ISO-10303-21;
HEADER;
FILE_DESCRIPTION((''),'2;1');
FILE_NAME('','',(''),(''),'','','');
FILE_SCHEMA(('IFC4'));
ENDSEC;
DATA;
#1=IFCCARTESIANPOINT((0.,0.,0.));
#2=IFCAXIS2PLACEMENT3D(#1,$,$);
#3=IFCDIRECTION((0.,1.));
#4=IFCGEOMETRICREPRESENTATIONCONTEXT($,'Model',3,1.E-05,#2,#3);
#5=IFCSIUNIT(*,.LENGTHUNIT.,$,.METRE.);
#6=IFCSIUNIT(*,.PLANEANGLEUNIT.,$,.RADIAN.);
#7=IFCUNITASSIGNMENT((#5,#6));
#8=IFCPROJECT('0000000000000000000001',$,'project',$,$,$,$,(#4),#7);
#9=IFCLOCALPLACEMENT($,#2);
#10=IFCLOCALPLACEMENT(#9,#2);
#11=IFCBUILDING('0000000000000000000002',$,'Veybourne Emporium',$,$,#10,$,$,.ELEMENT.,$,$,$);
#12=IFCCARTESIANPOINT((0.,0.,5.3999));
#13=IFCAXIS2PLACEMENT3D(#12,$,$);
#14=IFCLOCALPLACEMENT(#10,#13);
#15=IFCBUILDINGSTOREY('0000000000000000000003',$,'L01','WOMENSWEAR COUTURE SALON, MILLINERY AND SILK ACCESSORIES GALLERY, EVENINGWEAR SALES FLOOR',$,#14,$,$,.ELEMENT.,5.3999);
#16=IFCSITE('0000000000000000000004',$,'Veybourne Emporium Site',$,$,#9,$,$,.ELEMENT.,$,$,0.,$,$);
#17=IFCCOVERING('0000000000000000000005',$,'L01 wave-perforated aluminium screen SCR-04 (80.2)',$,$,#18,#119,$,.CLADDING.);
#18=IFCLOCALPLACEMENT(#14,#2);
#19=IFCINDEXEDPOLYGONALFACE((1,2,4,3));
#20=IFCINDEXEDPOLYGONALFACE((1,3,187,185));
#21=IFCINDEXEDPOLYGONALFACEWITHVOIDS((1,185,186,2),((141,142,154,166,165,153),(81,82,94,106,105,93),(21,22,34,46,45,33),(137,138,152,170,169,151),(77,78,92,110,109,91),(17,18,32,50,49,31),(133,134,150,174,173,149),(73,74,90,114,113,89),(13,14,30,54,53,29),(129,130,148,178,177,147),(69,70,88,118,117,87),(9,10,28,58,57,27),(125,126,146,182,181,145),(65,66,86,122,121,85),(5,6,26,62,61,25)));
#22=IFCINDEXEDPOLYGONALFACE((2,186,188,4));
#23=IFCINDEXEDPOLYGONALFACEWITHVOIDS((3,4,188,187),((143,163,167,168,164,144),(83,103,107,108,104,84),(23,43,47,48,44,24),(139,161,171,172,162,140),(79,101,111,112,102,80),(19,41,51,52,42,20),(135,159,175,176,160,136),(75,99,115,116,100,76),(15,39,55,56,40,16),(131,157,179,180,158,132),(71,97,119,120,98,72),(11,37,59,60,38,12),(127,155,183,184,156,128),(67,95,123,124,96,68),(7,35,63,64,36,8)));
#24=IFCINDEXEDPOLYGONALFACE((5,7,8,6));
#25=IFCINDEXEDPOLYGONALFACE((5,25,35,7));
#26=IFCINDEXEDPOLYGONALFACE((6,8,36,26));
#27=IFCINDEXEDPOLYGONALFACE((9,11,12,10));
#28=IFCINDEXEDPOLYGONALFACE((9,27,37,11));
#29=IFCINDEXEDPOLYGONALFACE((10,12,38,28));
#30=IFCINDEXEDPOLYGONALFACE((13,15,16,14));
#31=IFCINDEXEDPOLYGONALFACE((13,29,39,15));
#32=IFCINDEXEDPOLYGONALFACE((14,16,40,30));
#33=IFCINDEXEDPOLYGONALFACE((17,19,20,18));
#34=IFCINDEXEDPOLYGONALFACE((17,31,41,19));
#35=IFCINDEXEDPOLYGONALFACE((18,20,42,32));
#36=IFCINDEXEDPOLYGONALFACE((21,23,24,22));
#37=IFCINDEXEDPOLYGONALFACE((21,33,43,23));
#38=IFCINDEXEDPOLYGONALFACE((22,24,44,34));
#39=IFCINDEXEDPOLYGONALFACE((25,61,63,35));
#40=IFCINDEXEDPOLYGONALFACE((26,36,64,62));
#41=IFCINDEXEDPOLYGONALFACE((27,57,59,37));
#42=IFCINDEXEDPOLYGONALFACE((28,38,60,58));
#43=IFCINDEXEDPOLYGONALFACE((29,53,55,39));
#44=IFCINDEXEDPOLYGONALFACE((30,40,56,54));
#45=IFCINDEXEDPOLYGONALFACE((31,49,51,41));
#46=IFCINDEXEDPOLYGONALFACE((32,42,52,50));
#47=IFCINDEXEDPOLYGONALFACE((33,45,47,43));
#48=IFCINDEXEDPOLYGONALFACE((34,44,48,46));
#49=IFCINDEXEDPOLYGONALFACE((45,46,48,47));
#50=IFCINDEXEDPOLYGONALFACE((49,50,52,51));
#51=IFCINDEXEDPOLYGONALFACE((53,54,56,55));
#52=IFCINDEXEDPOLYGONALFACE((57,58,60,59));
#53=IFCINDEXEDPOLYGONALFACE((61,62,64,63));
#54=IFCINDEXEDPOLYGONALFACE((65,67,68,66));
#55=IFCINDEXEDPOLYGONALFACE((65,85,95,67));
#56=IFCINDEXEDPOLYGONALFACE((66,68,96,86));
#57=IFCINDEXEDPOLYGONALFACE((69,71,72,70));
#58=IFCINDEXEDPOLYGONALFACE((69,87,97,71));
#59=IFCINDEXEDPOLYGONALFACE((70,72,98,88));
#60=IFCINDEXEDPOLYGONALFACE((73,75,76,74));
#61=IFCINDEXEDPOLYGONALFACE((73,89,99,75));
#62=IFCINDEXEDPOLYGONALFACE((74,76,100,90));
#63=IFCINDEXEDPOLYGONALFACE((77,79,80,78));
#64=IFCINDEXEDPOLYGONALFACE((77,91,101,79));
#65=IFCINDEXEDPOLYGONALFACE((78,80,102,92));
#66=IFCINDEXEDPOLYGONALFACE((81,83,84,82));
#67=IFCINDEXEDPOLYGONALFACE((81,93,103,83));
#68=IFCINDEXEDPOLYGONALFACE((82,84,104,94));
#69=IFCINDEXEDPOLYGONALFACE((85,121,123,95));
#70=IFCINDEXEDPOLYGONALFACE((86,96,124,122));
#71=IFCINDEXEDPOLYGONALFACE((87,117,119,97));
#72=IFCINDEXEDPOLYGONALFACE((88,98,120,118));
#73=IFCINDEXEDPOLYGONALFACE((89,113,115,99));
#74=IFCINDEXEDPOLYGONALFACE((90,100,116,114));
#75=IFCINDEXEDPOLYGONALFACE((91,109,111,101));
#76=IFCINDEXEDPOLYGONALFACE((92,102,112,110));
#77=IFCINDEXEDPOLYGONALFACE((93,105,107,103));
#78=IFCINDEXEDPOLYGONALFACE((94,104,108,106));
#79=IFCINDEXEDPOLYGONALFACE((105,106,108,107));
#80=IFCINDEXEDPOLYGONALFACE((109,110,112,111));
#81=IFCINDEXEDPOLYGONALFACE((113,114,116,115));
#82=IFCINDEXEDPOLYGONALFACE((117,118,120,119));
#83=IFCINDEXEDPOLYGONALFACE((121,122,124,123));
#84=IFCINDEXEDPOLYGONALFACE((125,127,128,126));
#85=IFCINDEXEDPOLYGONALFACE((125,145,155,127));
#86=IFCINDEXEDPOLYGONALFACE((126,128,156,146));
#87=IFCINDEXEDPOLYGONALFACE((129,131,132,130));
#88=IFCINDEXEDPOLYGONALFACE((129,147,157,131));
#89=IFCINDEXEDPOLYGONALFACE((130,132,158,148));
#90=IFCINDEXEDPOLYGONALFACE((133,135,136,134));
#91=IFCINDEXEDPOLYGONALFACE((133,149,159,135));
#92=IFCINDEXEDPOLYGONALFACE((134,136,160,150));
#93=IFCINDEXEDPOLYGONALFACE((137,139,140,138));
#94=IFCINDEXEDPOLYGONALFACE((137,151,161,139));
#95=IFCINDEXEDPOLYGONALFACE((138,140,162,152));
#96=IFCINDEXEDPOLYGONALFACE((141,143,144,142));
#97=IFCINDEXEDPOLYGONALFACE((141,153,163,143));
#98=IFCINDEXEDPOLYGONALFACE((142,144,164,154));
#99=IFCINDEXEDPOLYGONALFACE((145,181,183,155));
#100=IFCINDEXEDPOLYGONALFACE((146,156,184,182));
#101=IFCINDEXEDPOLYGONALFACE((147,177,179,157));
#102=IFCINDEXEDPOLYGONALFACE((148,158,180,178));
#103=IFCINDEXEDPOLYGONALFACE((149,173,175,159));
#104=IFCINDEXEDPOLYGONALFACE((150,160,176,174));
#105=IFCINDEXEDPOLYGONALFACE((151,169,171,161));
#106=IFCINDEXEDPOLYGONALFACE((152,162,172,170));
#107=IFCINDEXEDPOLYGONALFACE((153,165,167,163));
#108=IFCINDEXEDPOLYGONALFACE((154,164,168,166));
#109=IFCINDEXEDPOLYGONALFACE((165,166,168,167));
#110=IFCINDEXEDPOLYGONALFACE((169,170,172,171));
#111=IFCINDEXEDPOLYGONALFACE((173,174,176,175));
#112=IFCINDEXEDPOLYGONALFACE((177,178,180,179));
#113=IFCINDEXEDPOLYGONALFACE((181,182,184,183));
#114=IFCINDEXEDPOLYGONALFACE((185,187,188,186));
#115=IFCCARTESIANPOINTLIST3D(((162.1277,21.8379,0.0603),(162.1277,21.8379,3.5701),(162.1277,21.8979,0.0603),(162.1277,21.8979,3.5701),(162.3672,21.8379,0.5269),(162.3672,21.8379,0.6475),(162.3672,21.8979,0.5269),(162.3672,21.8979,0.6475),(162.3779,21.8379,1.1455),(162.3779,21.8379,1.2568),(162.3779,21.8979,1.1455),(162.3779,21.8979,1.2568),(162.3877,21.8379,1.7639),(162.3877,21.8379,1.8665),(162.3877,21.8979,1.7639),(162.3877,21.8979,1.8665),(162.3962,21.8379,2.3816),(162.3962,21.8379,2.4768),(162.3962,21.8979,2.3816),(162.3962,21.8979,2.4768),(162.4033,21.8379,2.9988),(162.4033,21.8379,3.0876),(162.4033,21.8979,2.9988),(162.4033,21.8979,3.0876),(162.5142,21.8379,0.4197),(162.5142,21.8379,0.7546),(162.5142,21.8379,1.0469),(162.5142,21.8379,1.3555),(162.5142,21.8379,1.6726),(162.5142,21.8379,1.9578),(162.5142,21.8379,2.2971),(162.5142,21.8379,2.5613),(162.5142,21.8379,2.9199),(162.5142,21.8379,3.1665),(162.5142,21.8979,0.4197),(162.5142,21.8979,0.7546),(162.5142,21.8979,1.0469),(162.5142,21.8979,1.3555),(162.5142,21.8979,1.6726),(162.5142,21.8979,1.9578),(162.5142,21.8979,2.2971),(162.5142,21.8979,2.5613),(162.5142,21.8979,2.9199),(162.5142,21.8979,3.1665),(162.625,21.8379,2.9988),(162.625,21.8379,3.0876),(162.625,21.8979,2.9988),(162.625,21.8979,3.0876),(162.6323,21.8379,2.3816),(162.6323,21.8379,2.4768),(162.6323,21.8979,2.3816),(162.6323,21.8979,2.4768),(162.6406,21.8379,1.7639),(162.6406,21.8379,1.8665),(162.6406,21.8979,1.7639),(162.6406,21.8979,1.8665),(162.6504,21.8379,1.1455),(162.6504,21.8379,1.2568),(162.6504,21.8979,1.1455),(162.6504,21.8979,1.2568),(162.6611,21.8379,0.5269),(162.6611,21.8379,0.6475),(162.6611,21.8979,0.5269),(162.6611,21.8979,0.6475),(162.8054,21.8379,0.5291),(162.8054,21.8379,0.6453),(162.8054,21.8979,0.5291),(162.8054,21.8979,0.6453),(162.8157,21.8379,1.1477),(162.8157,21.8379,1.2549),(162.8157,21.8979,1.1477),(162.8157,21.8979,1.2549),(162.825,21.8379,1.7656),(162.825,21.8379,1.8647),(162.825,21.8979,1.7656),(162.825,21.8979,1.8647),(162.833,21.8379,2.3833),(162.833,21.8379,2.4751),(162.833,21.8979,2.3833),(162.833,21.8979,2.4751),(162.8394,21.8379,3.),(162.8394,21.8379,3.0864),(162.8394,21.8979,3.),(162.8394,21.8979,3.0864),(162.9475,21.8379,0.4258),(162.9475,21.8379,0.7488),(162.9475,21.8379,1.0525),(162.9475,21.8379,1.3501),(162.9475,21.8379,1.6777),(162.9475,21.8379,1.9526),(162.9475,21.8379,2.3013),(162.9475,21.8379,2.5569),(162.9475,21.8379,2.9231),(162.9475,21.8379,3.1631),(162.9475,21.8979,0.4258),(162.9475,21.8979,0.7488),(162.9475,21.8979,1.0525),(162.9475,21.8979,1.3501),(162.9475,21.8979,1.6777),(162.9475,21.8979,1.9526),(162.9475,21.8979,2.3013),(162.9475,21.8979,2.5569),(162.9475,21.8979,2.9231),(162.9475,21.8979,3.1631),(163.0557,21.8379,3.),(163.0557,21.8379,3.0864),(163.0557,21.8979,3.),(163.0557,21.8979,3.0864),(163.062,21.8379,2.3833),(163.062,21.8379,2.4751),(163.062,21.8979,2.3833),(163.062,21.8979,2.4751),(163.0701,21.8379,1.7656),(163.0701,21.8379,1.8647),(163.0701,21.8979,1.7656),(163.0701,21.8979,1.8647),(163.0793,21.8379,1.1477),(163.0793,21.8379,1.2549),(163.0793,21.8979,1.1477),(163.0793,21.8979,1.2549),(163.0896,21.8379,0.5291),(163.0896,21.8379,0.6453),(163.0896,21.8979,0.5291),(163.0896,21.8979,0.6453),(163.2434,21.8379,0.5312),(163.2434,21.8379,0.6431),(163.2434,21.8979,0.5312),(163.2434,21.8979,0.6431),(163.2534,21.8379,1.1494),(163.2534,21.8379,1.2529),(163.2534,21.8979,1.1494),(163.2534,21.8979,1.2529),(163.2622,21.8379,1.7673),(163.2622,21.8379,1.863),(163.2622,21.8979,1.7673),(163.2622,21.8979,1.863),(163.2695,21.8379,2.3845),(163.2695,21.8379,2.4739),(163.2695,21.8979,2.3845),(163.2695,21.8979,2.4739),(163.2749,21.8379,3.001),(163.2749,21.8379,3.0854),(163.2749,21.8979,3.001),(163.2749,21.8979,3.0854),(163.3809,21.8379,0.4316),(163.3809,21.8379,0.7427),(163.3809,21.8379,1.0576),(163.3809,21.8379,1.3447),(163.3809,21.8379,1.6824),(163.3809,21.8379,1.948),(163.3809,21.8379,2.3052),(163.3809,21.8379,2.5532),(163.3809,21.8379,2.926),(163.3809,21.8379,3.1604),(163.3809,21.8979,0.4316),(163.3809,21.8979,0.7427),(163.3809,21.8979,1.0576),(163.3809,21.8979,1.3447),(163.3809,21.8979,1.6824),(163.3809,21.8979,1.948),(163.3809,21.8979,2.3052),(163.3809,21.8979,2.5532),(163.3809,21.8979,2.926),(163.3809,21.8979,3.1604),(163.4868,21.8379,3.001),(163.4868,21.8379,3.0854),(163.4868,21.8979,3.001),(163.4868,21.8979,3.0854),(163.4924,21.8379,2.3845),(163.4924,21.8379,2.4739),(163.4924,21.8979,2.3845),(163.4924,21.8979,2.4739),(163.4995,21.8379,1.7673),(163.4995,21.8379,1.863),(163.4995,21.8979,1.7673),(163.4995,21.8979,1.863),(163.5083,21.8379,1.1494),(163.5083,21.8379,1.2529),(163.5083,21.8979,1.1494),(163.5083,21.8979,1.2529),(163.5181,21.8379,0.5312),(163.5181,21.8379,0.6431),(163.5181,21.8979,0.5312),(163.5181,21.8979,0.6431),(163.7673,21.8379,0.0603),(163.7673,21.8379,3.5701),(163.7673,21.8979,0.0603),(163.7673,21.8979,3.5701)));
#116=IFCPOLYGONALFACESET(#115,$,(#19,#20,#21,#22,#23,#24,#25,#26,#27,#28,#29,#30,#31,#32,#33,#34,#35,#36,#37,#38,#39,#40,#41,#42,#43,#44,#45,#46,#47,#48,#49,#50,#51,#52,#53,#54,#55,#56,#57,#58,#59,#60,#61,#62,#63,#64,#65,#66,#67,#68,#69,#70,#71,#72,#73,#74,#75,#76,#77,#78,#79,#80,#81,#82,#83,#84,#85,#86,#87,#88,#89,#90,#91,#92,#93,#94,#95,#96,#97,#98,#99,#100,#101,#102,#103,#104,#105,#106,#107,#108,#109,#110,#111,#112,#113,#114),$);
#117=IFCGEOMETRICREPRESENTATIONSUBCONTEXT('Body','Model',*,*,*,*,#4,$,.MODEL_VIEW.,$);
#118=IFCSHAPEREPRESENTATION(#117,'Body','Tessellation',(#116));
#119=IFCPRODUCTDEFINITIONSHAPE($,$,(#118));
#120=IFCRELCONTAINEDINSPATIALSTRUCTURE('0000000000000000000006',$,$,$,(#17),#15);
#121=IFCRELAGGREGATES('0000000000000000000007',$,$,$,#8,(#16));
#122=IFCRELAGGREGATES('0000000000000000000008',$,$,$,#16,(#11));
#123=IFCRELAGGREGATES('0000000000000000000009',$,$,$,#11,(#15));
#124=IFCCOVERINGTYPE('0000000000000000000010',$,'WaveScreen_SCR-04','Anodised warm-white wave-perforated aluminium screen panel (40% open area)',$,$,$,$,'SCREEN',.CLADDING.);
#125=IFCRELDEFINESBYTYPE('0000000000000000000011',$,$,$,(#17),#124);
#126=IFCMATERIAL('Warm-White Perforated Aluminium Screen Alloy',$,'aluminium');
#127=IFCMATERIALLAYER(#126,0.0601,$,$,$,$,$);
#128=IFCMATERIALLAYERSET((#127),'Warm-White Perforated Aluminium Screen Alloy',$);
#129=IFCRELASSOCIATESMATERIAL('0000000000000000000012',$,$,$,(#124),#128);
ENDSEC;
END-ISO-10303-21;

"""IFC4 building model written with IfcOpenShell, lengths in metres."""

from ifc_helpers import new_model, si_unit, direction, frame, origin, place, context, subcontext, project, spatial, polyline, outline, extrude, material, layer, layer_set, type_object, element, save


model = new_model("IFC4")

# Units and contexts
model_context = context("Model", 3, precision=1e-05, world=origin(), true_north=direction((0.0, 1.0)))
body_context = subcontext(model_context, "Body", "Model", "MODEL_VIEW")
ifc_project = project(units=[si_unit("LENGTHUNIT", "METRE"), si_unit("PLANEANGLEUNIT", "RADIAN")], contexts=[model_context])

# Site, building, storey
site_placement = place(None, origin())
site = spatial("IfcSite", under=ifc_project, at=site_placement, Name="Veybourne Emporium Site", CompositionType="ELEMENT", RefElevation=0.0)
building_placement = place(site_placement, origin())
building = spatial("IfcBuilding", under=site, at=building_placement, Name="Veybourne Emporium", CompositionType="ELEMENT")
storey_placement = place(building_placement, frame((0.0, 0.0, 5.3999)))
storey = spatial("IfcBuildingStorey", under=building, at=storey_placement, Name="L01", Description="WOMENSWEAR COUTURE SALON, MILLINERY AND SILK ACCESSORIES GALLERY, EVENINGWEAR SALES FLOOR", CompositionType="ELEMENT", Elevation=5.3999)

# Covering
ifc_material_1 = material(Name="Warm-White Perforated Aluminium Screen Alloy", Category="aluminium")
ifc_layer_1 = layer(ifc_material_1, 0.0601)
ifc_layer_set_1 = layer_set([ifc_layer_1], Name="Warm-White Perforated Aluminium Screen Alloy")
covering_type_1 = type_object("IfcCoveringType", Name="WaveScreen_SCR-04", Description="Anodised warm-white wave-perforated aluminium screen panel (40% open area)", ElementType="SCREEN", PredefinedType="CLADDING", material=ifc_layer_set_1)
covering_1_placement = place(storey_placement, frame((162.9475, 21.8979, 1.8152), z_axis=(0.0, -1.0, 0.0), x_axis=(1.0, 0.0, 0.0)))
element("IfcCovering", 1, at=covering_1_placement, inside=storey, type_object=covering_type_1, Name="L01 wave-perforated aluminium screen SCR-04 (80.2)", PredefinedType="CLADDING", context=body_context, shape_type="SweptSolid", body=[
    extrude(outline(polyline([(-0.8198, -1.7549), (0.8198, -1.7549), (0.8198, 1.7549), (-0.8198, 1.7549), (-0.8198, -1.7549)]), holes=[polyline([(-0.4333, -1.0605), (-0.2864, -1.1677), (-0.2864, -1.2883), (-0.4333, -1.3955), (-0.5803, -1.2883), (-0.5803, -1.1677), (-0.4333, -1.0605)]), polyline([(-0.4333, -0.4597), (-0.2971, -0.5583), (-0.2971, -0.6697), (-0.4333, -0.7683), (-0.5696, -0.6697), (-0.5696, -0.5583), (-0.4333, -0.4597)]), polyline([(-0.4333, 0.1426), (-0.3069, 0.0513), (-0.3069, -0.0513), (-0.4333, -0.1426), (-0.5598, -0.0513), (-0.5598, 0.0513), (-0.4333, 0.1426)]), polyline([(-0.4333, 0.7461), (-0.3152, 0.6616), (-0.3152, 0.5664), (-0.4333, 0.4819), (-0.5513, 0.5664), (-0.5513, 0.6616), (-0.4333, 0.7461)]), polyline([(-0.4333, 1.3513), (-0.3225, 1.2725), (-0.3225, 1.1836), (-0.4333, 1.1047), (-0.5442, 1.1836), (-0.5442, 1.2725), (-0.4333, 1.3513)]), polyline([(0.0, -1.0664), (0.1421, -1.1699), (0.1421, -1.2861), (0.0, -1.3894), (-0.1421, -1.2861), (-0.1421, -1.1699), (0.0, -1.0664)]), polyline([(0.0, -0.4651), (0.1318, -0.5603), (0.1318, -0.6675), (0.0, -0.7627), (-0.1318, -0.6675), (-0.1318, -0.5603), (0.0, -0.4651)]), polyline([(0.0, 0.1375), (0.1226, 0.0496), (0.1226, -0.0496), (0.0, -0.1375), (-0.1226, -0.0496), (-0.1226, 0.0496), (0.0, 0.1375)]), polyline([(0.0, 0.7417), (0.1145, 0.6599), (0.1145, 0.5681), (0.0, 0.4861), (-0.1145, 0.5681), (-0.1145, 0.6599), (0.0, 0.7417)]), polyline([(0.0, 1.3479), (0.1082, 1.2712), (0.1082, 1.1848), (0.0, 1.1079), (-0.1082, 1.1848), (-0.1082, 1.2712), (0.0, 1.3479)]), polyline([(0.4333, -1.0725), (0.5706, -1.1721), (0.5706, -1.2839), (0.4333, -1.3835), (0.2959, -1.2839), (0.2959, -1.1721), (0.4333, -1.0725)]), polyline([(0.4333, -0.4705), (0.5608, -0.5623), (0.5608, -0.6658), (0.4333, -0.7576), (0.3059, -0.6658), (0.3059, -0.5623), (0.4333, -0.4705)]), polyline([(0.4333, 0.1328), (0.552, 0.0479), (0.552, -0.0479), (0.4333, -0.1328), (0.3147, -0.0479), (0.3147, 0.0479), (0.4333, 0.1328)]), polyline([(0.4333, 0.738), (0.5449, 0.6587), (0.5449, 0.5693), (0.4333, 0.49), (0.322, 0.5693), (0.322, 0.6587), (0.4333, 0.738)]), polyline([(0.4333, 1.3452), (0.5393, 1.2703), (0.5393, 1.1858), (0.4333, 1.1108), (0.3274, 1.1858), (0.3274, 1.2703), (0.4333, 1.3452)])]), origin(), (0.0, 0.0, 1.0), 0.0601),
])

save(model, "model.ifc")
